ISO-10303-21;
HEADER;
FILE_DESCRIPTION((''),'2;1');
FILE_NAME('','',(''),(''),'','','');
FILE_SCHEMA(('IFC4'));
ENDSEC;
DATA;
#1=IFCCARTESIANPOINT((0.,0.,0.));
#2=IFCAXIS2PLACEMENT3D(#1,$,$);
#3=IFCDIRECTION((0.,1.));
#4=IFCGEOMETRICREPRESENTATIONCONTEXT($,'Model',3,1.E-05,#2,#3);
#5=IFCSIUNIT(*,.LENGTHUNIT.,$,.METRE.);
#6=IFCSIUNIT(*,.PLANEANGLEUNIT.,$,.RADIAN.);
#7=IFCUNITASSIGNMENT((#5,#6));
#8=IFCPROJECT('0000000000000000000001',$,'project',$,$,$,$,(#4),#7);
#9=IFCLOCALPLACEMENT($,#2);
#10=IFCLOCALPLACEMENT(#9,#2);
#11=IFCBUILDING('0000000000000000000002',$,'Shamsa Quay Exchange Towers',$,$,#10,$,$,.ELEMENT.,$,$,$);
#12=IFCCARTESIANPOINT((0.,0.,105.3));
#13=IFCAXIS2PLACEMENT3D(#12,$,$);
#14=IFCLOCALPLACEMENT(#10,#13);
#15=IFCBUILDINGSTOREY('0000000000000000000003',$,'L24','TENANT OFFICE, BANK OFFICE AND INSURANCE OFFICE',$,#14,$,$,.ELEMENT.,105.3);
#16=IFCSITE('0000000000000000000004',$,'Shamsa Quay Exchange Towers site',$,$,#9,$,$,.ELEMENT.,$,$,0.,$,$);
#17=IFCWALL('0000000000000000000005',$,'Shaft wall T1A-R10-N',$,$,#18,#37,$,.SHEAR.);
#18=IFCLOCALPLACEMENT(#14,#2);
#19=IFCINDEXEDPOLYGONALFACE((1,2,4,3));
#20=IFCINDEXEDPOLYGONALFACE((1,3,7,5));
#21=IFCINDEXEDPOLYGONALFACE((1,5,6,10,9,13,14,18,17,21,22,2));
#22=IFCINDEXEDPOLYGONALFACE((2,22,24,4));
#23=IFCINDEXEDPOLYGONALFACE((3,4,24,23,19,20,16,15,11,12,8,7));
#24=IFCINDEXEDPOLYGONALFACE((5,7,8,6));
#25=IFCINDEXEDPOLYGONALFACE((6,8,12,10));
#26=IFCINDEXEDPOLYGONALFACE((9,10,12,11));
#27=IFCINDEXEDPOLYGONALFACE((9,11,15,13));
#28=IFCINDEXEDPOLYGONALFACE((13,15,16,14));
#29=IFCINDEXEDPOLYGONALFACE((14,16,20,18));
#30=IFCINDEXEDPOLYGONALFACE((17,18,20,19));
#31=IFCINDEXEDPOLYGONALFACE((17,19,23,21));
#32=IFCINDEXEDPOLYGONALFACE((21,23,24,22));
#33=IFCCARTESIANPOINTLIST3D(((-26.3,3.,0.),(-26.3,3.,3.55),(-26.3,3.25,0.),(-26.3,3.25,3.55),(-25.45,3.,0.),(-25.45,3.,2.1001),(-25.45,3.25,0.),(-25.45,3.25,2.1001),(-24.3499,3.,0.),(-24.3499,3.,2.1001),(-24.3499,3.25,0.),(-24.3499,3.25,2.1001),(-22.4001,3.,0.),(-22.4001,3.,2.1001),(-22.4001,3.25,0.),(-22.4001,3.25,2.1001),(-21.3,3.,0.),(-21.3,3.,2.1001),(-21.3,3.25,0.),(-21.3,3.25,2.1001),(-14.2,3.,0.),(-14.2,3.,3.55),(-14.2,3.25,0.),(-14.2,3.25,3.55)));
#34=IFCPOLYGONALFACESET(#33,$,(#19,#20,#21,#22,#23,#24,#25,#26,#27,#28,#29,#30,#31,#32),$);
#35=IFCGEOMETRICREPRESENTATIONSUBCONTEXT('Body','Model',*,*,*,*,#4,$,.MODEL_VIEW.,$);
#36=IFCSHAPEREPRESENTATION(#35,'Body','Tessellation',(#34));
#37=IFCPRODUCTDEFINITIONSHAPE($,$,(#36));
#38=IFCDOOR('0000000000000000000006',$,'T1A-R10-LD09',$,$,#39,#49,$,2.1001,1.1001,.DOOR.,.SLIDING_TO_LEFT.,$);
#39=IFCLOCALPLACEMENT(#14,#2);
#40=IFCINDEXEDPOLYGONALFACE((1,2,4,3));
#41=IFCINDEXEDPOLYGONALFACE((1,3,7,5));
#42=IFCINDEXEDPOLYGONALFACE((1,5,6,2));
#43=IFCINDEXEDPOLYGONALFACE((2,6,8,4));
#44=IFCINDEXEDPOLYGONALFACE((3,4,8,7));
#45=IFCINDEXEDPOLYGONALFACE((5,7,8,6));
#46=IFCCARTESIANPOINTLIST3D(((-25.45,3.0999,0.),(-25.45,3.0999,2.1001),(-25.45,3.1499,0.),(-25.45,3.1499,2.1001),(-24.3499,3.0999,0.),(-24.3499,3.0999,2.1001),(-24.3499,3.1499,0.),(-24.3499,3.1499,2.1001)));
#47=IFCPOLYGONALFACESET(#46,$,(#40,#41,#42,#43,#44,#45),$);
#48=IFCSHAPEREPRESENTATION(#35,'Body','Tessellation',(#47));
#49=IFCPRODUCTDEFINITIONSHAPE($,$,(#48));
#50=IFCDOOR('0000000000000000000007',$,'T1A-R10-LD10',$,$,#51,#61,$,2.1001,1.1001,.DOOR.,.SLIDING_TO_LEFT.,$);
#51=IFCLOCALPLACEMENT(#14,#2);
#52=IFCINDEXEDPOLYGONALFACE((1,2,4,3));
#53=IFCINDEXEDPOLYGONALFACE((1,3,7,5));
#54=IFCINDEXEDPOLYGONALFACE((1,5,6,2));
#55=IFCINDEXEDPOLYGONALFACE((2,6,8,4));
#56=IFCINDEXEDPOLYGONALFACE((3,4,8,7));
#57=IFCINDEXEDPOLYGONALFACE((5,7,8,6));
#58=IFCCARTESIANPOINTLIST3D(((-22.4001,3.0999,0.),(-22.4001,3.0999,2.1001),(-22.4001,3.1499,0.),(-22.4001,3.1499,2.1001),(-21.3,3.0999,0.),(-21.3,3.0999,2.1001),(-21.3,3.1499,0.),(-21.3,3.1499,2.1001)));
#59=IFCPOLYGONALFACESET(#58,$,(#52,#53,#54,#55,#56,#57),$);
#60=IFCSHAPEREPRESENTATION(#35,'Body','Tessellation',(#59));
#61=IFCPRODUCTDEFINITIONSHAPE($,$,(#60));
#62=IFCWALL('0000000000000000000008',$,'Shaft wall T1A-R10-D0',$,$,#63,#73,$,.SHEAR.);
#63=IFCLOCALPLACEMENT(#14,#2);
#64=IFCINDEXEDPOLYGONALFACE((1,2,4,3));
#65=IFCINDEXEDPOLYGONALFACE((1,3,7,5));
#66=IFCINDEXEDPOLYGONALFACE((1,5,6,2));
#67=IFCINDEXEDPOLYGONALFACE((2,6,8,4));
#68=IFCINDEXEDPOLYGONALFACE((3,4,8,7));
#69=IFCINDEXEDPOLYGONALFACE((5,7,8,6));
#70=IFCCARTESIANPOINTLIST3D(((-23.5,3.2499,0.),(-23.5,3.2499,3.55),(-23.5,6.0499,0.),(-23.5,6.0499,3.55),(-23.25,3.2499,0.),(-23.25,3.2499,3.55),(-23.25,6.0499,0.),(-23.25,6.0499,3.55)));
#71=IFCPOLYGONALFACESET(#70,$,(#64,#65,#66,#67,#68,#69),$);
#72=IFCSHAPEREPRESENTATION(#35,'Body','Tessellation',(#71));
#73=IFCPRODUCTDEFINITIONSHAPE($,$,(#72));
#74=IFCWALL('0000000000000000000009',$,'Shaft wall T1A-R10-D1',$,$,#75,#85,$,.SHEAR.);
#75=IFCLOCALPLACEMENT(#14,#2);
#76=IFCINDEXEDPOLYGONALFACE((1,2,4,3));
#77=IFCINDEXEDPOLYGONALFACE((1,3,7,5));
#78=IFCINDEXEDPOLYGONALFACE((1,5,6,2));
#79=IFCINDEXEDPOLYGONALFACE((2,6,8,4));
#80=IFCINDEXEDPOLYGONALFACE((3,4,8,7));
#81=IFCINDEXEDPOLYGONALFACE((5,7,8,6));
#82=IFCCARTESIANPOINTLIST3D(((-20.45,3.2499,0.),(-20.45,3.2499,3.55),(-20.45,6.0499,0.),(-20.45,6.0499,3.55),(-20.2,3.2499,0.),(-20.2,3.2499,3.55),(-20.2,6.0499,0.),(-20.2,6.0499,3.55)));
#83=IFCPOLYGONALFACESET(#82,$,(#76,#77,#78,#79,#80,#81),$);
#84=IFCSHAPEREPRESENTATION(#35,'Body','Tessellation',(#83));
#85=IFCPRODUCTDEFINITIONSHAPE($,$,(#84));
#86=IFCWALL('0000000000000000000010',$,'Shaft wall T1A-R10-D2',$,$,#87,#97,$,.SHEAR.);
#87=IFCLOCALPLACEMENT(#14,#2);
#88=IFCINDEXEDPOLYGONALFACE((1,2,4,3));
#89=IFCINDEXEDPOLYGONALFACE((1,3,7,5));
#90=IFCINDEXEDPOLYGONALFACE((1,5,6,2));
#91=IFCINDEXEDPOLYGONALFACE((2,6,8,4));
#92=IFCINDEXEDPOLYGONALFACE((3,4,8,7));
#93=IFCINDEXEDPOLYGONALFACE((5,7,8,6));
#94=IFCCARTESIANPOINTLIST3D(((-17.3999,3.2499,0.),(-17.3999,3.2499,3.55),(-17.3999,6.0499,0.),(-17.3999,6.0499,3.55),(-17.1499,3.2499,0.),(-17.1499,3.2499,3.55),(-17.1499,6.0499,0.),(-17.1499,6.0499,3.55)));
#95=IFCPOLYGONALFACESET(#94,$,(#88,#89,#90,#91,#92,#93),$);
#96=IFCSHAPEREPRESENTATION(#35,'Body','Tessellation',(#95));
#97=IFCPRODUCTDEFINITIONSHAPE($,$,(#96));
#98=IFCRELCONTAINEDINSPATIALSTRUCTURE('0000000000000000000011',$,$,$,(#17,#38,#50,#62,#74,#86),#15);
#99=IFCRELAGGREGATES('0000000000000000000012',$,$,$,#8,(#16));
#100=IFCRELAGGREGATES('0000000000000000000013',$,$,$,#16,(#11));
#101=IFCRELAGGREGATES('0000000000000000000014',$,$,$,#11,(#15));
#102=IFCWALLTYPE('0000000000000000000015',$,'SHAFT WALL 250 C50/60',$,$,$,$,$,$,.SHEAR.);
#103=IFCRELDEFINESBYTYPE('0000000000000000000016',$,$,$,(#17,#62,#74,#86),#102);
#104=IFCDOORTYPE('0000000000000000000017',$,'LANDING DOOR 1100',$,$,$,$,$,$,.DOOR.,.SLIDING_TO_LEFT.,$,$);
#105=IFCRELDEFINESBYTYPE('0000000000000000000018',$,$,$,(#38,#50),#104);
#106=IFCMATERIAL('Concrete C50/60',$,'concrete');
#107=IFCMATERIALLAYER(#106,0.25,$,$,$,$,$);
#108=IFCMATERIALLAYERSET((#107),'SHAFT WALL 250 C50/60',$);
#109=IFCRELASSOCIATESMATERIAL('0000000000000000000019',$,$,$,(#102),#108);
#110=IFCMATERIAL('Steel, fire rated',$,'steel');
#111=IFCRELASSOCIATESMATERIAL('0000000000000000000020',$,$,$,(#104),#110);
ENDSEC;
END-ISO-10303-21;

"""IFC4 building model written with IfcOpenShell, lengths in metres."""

from ifc_helpers import new_model, si_unit, direction, frame, frame_2d, origin, place, context, subcontext, project, spatial, rectangle, extrude, material, layer, layer_set, type_object, element, fill, save


model = new_model("IFC4")

# Units and contexts
model_context = context("Model", 3, precision=1e-05, world=origin(), true_north=direction((0.0, 1.0)))
body_context = subcontext(model_context, "Body", "Model", "MODEL_VIEW")
ifc_project = project(units=[si_unit("LENGTHUNIT", "METRE"), si_unit("PLANEANGLEUNIT", "RADIAN")], contexts=[model_context])

# Site, building, storey
site_placement = place(None, origin())
site = spatial("IfcSite", under=ifc_project, at=site_placement, Name="Shamsa Quay Exchange Towers site", CompositionType="ELEMENT", RefElevation=0.0)
building_placement = place(site_placement, origin())
building = spatial("IfcBuilding", under=site, at=building_placement, Name="Shamsa Quay Exchange Towers", CompositionType="ELEMENT")
storey_placement = place(building_placement, frame((0.0, 0.0, 105.3)))
storey = spatial("IfcBuildingStorey", under=building, at=storey_placement, Name="L24", Description="TENANT OFFICE, BANK OFFICE AND INSURANCE OFFICE", CompositionType="ELEMENT", Elevation=105.3)

# Shared definitions
ifc_material_1 = material(Name="Steel, fire rated", Category="steel")

# Wall, openings, doors
ifc_material_2 = material(Name="Concrete C50/60", Category="concrete")
ifc_layer_1 = layer(ifc_material_2, 0.25)
ifc_layer_set_1 = layer_set([ifc_layer_1], Name="SHAFT WALL 250 C50/60")
wall_type_1 = type_object("IfcWallType", Name="SHAFT WALL 250 C50/60", PredefinedType="SHEAR", material=ifc_layer_set_1)
wall_1_placement = place(storey_placement, frame((-26.3, 3.125, 0.0)))
wall_1 = element("IfcWall", 1, at=wall_1_placement, inside=storey, type_object=wall_type_1, Name="Shaft wall T1A-R10-N", PredefinedType="SHEAR", context=body_context, shape_type="SweptSolid", body=[
    extrude(rectangle(XDim=12.1001, YDim=0.25, at=frame_2d((6.05, 0.0))), origin(), (0.0, 0.0, 1.0), 3.55),
])
opening_1_placement = place(wall_1_placement, frame((0.8501, 0.0, 0.0)))
opening_1 = element("IfcOpeningElement", 2, at=opening_1_placement, cuts=wall_1, PredefinedType="OPENING", context=body_context, shape_type="SweptSolid", body=[
    extrude(rectangle(XDim=1.1001, YDim=2.1001, at=frame_2d((0.55, 1.05))), frame((0.0, 0.135, 0.0), z_axis=(0.0, -1.0, 0.0), x_axis=(1.0, 0.0, 0.0)), (0.0, 0.0, 1.0), 0.27),
])
opening_2_placement = place(wall_1_placement, frame((3.8999, 0.0, 0.0)))
opening_2 = element("IfcOpeningElement", 3, at=opening_2_placement, cuts=wall_1, PredefinedType="OPENING", context=body_context, shape_type="SweptSolid", body=[
    extrude(rectangle(XDim=1.1001, YDim=2.1001, at=frame_2d((0.55, 1.05))), frame((0.0, 0.135, 0.0), z_axis=(0.0, -1.0, 0.0), x_axis=(1.0, 0.0, 0.0)), (0.0, 0.0, 1.0), 0.27),
])
door_type_1 = type_object("IfcDoorType", Name="LANDING DOOR 1100", OperationType="SLIDING_TO_LEFT", PredefinedType="DOOR", material=ifc_material_1)
door_1_placement = place(opening_1_placement, origin())
door_1 = element("IfcDoor", 4, at=door_1_placement, inside=storey, type_object=door_type_1, Name="T1A-R10-LD09", OperationType="SLIDING_TO_LEFT", OverallHeight=2.1001, OverallWidth=1.1001, PredefinedType="DOOR", context=body_context, shape_type="SweptSolid", body=[
    extrude(rectangle(XDim=1.1001, YDim=2.1001, at=frame_2d((0.55, 1.05))), frame((0.0, 0.0249, 0.0), z_axis=(0.0, -1.0, 0.0), x_axis=(1.0, 0.0, 0.0)), (0.0, 0.0, 1.0), 0.05),
])
fill(opening_1, door_1)
door_2_placement = place(opening_2_placement, origin())
door_2 = element("IfcDoor", 5, at=door_2_placement, inside=storey, type_object=door_type_1, Name="T1A-R10-LD10", OperationType="SLIDING_TO_LEFT", OverallHeight=2.1001, OverallWidth=1.1001, PredefinedType="DOOR", context=body_context, shape_type="SweptSolid", body=[
    extrude(rectangle(XDim=1.1001, YDim=2.1001, at=frame_2d((0.55, 1.05))), frame((0.0, 0.0249, 0.0), z_axis=(0.0, -1.0, 0.0), x_axis=(1.0, 0.0, 0.0)), (0.0, 0.0, 1.0), 0.05),
])
fill(opening_2, door_2)

# Walls
for number, where, z_axis, x_axis, name in (
    (6, (-23.375, 3.25, 0.0), (0.0, 0.0, 1.0), (0.0, 1.0, 0.0), "Shaft wall T1A-R10-D0"),
    (7, (-20.325, 3.25, 0.0), (0.0, 0.0, 1.0), (0.0, 1.0, 0.0), "Shaft wall T1A-R10-D1"),
    (8, (-17.2749, 3.25, 0.0), (0.0, 0.0, 1.0), (0.0, 1.0, 0.0), "Shaft wall T1A-R10-D2"),
):
    element("IfcWall", number, at=place(storey_placement, frame(where, z_axis=z_axis, x_axis=x_axis)), inside=storey, type_object=wall_type_1, Name=name, PredefinedType="SHEAR", context=body_context, shape_type="SweptSolid", body=[
        extrude(rectangle(XDim=2.8, YDim=0.25, at=frame_2d((1.3999, 0.0))), origin(), (0.0, 0.0, 1.0), 3.55),
    ])

save(model, "model.ifc")
